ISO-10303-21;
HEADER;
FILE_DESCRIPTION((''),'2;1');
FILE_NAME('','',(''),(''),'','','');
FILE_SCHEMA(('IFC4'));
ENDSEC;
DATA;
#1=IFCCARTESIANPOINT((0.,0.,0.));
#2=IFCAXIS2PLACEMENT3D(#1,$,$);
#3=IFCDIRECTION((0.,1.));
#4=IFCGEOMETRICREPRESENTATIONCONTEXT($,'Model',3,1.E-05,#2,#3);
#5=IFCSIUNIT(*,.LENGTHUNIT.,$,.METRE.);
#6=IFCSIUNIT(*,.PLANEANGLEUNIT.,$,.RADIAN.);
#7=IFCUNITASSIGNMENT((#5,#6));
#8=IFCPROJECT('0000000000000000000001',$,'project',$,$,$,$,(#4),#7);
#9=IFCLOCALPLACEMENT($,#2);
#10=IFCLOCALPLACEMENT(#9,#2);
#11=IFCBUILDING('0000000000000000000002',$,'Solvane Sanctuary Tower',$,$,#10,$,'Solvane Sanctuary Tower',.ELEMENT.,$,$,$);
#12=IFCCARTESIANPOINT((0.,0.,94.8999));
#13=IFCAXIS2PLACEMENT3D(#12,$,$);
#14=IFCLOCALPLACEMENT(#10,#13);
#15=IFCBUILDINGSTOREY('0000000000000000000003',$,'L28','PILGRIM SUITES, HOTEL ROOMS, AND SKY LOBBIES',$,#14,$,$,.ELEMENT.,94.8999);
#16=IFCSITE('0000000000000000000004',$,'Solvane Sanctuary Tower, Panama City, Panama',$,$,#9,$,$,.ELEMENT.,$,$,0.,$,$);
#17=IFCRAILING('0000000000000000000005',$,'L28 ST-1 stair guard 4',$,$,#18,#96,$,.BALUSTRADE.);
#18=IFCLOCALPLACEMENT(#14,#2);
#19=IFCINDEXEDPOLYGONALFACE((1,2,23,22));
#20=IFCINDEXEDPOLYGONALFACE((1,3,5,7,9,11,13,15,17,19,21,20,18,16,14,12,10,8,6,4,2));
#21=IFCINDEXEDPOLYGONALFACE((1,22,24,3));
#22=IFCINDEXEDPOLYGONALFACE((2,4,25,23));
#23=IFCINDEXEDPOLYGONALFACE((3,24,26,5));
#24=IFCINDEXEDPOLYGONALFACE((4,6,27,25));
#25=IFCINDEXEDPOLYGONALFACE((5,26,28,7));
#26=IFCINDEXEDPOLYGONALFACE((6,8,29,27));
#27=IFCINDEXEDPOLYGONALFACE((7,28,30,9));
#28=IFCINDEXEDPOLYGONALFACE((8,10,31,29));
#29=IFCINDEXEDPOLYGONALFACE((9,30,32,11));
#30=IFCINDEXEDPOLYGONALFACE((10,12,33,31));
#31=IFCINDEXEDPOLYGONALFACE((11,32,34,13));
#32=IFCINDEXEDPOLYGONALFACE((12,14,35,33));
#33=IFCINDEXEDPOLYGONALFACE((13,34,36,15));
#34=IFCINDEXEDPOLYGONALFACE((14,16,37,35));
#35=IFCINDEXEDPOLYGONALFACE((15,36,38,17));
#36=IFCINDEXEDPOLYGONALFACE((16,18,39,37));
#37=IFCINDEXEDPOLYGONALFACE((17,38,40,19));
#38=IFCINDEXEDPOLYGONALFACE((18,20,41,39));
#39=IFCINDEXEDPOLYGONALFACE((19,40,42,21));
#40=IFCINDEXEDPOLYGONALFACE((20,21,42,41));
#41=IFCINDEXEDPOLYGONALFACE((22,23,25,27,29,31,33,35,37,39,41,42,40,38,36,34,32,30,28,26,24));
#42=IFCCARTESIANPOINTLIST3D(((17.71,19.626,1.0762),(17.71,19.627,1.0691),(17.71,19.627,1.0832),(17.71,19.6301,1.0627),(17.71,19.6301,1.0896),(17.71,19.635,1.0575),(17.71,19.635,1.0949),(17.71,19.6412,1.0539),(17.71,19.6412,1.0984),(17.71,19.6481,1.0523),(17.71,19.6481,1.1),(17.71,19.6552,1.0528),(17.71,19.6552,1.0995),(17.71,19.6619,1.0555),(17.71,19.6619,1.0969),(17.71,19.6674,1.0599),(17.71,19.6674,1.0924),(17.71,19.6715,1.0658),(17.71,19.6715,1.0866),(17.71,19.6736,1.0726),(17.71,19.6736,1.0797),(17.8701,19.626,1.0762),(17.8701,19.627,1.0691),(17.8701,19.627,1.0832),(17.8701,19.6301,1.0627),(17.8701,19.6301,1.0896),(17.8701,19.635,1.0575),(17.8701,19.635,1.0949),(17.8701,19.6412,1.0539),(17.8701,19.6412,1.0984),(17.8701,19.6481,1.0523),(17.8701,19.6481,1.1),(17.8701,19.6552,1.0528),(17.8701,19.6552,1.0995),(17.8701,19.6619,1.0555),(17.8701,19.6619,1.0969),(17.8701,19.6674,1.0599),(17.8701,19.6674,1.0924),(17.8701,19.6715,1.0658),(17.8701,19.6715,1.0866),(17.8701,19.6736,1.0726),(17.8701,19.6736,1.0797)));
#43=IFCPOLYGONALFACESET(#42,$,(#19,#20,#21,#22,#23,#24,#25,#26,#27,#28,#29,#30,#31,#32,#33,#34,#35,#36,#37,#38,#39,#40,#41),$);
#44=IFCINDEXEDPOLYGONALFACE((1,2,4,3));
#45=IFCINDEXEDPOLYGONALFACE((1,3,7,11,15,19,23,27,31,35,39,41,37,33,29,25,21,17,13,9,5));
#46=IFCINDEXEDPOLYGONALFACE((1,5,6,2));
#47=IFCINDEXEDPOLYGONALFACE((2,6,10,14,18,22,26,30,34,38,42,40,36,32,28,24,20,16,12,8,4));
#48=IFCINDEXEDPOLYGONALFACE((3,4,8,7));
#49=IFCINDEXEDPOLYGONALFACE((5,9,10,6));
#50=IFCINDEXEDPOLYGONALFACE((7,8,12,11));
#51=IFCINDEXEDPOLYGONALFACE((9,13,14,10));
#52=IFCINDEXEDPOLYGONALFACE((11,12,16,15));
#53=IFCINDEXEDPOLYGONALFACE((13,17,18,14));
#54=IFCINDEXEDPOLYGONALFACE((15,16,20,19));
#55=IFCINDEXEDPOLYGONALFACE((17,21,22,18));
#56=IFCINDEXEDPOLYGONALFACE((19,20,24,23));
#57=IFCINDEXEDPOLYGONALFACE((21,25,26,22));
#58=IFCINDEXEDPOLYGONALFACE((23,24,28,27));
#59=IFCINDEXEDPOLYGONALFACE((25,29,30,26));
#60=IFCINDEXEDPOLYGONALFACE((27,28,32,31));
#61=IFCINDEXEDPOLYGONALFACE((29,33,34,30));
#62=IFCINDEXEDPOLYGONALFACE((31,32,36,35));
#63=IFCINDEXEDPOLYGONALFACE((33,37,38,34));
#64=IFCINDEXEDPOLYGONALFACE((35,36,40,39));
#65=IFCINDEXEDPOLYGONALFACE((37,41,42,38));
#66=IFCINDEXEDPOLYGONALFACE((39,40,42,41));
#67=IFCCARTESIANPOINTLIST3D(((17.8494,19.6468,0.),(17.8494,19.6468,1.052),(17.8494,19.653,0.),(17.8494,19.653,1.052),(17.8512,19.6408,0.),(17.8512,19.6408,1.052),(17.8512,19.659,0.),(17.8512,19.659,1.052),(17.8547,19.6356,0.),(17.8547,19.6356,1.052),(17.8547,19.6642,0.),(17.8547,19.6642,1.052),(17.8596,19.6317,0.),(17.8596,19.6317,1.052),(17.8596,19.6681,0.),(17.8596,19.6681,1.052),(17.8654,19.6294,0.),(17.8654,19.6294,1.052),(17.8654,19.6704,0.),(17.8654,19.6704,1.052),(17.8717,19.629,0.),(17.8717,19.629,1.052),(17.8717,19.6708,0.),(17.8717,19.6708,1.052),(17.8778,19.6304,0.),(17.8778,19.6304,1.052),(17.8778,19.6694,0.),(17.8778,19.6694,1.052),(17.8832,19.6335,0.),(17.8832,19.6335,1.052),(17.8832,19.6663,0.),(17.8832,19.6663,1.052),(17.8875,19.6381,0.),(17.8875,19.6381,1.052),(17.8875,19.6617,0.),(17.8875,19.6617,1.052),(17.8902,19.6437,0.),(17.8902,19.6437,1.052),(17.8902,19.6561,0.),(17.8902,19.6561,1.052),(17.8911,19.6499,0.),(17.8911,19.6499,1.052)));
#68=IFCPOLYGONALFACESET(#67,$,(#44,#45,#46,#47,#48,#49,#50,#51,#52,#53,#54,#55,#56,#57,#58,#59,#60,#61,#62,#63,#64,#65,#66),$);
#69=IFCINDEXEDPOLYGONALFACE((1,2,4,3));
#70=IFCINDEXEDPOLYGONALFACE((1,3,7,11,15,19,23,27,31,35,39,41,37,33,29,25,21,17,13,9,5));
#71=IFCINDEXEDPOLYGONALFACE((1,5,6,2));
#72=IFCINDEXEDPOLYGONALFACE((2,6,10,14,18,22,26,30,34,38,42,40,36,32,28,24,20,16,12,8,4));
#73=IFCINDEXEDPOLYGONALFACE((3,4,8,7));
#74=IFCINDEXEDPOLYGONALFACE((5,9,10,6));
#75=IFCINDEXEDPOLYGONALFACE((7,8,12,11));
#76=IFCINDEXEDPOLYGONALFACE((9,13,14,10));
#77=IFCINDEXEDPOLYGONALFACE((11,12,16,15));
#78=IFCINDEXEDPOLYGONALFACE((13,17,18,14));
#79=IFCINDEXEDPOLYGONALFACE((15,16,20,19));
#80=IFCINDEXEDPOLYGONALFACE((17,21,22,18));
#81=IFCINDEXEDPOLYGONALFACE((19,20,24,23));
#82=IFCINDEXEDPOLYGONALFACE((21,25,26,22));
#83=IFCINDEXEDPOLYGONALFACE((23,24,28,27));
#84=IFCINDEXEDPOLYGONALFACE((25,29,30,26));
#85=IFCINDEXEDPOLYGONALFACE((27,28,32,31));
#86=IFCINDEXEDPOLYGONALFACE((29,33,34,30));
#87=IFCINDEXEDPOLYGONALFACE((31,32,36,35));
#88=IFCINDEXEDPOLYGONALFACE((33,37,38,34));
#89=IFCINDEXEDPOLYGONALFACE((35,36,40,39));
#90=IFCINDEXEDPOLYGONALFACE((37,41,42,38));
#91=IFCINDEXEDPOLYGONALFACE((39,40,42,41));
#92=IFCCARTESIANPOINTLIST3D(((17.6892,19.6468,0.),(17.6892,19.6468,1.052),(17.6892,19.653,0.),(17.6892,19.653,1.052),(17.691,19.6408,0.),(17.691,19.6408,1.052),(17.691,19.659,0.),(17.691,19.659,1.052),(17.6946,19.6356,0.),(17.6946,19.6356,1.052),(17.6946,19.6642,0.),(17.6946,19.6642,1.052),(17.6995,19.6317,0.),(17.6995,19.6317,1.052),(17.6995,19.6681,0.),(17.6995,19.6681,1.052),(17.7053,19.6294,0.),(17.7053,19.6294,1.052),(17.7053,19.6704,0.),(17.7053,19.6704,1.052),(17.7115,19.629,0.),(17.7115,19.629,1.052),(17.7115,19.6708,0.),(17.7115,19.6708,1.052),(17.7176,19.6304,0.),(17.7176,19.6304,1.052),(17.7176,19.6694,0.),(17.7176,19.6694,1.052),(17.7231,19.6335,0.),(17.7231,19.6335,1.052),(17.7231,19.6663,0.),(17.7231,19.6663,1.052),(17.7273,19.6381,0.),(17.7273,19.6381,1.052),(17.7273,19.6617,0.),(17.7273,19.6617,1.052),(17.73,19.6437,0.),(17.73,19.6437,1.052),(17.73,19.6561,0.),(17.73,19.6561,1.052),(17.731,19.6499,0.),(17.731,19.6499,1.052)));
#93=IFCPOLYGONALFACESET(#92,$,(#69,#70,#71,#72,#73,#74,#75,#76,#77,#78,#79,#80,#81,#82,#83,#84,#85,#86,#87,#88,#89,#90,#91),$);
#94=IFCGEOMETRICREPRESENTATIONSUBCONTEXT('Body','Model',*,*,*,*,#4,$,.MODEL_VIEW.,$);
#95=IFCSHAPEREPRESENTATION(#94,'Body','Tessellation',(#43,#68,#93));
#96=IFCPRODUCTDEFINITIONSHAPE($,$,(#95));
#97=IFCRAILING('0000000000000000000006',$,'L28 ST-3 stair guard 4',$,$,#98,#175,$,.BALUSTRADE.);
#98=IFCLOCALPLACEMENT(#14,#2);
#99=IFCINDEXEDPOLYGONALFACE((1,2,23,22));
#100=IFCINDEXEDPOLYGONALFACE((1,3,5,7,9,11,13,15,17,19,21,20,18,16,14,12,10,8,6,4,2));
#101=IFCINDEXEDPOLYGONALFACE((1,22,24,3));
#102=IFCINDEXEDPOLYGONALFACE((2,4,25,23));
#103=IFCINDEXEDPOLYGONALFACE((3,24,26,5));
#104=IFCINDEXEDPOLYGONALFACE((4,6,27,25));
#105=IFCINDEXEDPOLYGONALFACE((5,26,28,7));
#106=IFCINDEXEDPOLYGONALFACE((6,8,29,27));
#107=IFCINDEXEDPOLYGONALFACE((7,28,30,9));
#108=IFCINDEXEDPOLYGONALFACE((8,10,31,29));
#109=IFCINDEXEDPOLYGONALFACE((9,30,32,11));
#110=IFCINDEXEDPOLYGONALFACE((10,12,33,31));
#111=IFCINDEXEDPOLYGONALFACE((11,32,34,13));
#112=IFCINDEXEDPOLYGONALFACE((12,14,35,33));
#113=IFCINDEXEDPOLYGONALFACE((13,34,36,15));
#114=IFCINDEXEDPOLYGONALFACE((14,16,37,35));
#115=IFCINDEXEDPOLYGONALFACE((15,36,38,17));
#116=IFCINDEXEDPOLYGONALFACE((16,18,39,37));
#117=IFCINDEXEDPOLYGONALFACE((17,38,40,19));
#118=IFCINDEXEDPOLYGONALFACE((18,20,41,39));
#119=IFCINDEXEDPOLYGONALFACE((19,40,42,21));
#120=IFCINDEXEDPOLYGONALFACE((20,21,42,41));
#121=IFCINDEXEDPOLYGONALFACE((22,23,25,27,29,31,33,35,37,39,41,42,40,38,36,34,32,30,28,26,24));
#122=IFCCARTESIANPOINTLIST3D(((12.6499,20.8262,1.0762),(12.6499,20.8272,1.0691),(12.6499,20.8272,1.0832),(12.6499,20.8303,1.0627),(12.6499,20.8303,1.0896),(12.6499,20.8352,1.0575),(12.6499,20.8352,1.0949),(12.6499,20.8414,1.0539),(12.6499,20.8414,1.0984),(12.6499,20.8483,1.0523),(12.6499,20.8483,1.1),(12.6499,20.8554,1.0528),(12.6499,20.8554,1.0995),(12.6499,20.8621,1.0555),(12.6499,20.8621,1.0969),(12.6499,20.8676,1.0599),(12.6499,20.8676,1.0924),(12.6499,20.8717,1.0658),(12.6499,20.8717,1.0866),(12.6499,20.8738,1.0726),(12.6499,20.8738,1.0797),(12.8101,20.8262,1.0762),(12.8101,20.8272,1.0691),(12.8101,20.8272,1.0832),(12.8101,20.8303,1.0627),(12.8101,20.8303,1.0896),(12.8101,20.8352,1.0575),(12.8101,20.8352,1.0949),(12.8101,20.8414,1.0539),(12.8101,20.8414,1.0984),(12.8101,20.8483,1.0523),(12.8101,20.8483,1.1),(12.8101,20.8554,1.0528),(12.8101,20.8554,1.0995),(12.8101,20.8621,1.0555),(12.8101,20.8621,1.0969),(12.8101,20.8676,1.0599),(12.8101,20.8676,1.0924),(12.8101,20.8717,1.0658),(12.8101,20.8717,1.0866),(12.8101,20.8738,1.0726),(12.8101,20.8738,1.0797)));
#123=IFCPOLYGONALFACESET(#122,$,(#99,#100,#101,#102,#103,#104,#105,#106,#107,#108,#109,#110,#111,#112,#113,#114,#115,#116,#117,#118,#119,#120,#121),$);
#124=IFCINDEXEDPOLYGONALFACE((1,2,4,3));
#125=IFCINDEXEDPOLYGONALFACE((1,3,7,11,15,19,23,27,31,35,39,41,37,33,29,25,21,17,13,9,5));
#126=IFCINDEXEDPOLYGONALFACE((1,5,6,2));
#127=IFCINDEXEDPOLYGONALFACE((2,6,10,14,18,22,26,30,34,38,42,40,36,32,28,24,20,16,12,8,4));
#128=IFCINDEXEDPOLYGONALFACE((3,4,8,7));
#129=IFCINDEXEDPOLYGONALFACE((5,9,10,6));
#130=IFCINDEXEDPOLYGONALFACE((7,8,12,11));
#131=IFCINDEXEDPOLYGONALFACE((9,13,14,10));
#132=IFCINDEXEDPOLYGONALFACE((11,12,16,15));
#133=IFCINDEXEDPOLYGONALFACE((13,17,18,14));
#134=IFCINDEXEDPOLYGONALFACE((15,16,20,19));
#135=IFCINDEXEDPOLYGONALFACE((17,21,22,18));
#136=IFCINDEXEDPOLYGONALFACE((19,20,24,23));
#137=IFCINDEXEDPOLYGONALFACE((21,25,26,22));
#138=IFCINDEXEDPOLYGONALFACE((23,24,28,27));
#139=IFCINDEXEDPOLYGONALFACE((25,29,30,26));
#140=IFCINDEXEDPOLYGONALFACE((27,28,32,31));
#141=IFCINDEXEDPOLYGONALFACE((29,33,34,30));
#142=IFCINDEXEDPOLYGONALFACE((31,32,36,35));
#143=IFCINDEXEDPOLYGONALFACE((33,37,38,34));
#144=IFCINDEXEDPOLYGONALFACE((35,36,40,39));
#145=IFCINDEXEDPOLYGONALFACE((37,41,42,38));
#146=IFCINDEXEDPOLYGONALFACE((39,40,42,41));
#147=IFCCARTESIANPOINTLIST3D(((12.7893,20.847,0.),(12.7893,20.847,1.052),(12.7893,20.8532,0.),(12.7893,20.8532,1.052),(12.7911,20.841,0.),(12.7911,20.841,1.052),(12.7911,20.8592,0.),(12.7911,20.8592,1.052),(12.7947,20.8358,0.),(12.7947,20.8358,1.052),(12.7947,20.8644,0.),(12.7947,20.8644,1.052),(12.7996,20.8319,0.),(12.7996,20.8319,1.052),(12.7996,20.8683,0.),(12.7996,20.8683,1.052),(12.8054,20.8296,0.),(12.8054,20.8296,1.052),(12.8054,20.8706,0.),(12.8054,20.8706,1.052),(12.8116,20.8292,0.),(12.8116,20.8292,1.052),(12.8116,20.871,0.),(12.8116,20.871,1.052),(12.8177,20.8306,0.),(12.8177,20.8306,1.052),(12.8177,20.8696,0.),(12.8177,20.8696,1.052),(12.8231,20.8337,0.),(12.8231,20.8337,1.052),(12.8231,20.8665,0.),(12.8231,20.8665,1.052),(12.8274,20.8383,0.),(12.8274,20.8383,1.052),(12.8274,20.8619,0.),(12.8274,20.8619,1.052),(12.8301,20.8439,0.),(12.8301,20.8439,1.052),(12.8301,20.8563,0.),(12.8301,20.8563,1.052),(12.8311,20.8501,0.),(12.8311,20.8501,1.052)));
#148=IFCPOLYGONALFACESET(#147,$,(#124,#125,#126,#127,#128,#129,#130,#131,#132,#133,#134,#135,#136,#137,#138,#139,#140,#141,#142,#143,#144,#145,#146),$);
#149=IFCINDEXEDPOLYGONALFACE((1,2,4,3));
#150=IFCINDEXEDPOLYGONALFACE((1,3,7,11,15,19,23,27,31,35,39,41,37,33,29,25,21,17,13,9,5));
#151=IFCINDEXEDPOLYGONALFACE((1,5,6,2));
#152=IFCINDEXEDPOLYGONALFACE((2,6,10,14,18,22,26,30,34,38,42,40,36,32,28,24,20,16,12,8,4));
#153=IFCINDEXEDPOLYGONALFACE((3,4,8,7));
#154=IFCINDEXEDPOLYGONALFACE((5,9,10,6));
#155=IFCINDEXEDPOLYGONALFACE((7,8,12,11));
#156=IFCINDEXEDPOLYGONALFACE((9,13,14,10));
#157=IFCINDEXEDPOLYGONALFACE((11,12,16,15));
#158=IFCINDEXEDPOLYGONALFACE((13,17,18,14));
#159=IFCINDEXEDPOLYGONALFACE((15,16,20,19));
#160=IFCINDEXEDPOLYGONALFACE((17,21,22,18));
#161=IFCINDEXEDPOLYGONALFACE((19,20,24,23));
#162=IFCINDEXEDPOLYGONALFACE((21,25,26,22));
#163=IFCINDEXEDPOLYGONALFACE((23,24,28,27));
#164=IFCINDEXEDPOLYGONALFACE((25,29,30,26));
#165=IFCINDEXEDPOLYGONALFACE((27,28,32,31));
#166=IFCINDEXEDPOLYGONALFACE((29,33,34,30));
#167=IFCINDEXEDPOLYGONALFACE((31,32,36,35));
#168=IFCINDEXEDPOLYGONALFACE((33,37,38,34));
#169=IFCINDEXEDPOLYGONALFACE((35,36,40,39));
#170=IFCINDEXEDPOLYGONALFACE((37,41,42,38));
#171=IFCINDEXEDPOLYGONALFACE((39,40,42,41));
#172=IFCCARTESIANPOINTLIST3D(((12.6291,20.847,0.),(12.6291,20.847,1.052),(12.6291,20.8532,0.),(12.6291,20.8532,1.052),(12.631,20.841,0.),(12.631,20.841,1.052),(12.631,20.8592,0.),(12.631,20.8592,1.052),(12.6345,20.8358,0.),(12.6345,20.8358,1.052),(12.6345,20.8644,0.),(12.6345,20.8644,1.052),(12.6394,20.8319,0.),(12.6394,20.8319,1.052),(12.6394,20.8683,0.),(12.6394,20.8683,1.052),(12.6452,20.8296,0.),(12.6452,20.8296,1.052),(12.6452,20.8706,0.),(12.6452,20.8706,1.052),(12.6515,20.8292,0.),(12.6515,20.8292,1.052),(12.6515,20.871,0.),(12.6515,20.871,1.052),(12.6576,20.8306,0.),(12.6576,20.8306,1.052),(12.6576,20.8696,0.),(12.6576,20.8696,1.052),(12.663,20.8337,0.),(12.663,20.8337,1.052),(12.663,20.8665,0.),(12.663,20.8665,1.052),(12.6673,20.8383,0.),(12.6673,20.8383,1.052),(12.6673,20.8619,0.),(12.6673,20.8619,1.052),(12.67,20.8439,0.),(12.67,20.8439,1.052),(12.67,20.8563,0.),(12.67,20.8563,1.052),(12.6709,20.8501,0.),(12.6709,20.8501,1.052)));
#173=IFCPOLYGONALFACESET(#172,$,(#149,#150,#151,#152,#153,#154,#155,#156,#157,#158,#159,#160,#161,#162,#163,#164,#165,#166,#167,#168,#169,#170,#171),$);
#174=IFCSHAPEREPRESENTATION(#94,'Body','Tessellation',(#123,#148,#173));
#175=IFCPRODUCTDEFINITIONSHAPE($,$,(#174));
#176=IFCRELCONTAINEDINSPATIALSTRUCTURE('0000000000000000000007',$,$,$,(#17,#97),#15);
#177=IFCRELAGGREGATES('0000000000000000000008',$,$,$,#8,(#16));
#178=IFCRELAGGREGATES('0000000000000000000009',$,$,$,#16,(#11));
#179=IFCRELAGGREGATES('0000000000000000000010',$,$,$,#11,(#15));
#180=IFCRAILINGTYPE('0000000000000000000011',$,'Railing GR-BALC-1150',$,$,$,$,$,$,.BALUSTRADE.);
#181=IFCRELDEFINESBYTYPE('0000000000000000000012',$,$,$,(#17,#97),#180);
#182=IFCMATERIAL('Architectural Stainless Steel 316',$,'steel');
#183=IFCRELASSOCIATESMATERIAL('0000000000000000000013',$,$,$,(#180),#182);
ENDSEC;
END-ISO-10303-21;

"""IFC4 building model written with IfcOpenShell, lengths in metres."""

from ifc_helpers import new_model, si_unit, direction, frame, origin, origin_2d, place, context, subcontext, project, spatial, circle, extrude, material, type_object, element, save


model = new_model("IFC4")

# Units and contexts
model_context = context("Model", 3, precision=1e-05, world=origin(), true_north=direction((0.0, 1.0)))
body_context = subcontext(model_context, "Body", "Model", "MODEL_VIEW")
ifc_project = project(units=[si_unit("LENGTHUNIT", "METRE"), si_unit("PLANEANGLEUNIT", "RADIAN")], contexts=[model_context])

# Site, building, storey
site_placement = place(None, origin())
site = spatial("IfcSite", under=ifc_project, at=site_placement, Name="Solvane Sanctuary Tower, Panama City, Panama", CompositionType="ELEMENT", RefElevation=0.0)
building_placement = place(site_placement, origin())
building = spatial("IfcBuilding", under=site, at=building_placement, Name="Solvane Sanctuary Tower", LongName="Solvane Sanctuary Tower", CompositionType="ELEMENT")
storey_placement = place(building_placement, frame((0.0, 0.0, 94.8999)))
storey = spatial("IfcBuildingStorey", under=building, at=storey_placement, Name="L28", Description="PILGRIM SUITES, HOTEL ROOMS, AND SKY LOBBIES", CompositionType="ELEMENT", Elevation=94.8999)

# Shared definitions
ifc_material_1 = material(Name="Architectural Stainless Steel 316", Category="steel")

# Railings
railing_type_1 = type_object("IfcRailingType", Name="Railing GR-BALC-1150", PredefinedType="BALUSTRADE", material=ifc_material_1)
for number, where, name in (
    (1, (17.8701, 19.6499, 0.0), "L28 ST-1 stair guard 4"),
    (2, (12.8101, 20.8501, 0.0), "L28 ST-3 stair guard 4"),
):
    element("IfcRailing", number, at=place(storey_placement, frame(where)), inside=storey, type_object=railing_type_1, Name=name, PredefinedType="BALUSTRADE", context=body_context, shape_type="SweptSolid", body=[
        extrude(circle(Radius=0.0239, at=origin_2d()), frame((0.0, 0.0, 1.0762), z_axis=(-1.0, 0.0, 0.0), x_axis=(0.0, -1.0, 0.0)), (0.0, 0.0, 1.0), 0.1602),
        extrude(circle(Radius=0.021, at=origin_2d()), origin(), (0.0, 0.0, 1.0), 1.052),
        extrude(circle(Radius=0.021, at=origin_2d()), frame((-0.1602, 0.0, 0.0)), (0.0, 0.0, 1.0), 1.052),
    ])

save(model, "model.ifc")
